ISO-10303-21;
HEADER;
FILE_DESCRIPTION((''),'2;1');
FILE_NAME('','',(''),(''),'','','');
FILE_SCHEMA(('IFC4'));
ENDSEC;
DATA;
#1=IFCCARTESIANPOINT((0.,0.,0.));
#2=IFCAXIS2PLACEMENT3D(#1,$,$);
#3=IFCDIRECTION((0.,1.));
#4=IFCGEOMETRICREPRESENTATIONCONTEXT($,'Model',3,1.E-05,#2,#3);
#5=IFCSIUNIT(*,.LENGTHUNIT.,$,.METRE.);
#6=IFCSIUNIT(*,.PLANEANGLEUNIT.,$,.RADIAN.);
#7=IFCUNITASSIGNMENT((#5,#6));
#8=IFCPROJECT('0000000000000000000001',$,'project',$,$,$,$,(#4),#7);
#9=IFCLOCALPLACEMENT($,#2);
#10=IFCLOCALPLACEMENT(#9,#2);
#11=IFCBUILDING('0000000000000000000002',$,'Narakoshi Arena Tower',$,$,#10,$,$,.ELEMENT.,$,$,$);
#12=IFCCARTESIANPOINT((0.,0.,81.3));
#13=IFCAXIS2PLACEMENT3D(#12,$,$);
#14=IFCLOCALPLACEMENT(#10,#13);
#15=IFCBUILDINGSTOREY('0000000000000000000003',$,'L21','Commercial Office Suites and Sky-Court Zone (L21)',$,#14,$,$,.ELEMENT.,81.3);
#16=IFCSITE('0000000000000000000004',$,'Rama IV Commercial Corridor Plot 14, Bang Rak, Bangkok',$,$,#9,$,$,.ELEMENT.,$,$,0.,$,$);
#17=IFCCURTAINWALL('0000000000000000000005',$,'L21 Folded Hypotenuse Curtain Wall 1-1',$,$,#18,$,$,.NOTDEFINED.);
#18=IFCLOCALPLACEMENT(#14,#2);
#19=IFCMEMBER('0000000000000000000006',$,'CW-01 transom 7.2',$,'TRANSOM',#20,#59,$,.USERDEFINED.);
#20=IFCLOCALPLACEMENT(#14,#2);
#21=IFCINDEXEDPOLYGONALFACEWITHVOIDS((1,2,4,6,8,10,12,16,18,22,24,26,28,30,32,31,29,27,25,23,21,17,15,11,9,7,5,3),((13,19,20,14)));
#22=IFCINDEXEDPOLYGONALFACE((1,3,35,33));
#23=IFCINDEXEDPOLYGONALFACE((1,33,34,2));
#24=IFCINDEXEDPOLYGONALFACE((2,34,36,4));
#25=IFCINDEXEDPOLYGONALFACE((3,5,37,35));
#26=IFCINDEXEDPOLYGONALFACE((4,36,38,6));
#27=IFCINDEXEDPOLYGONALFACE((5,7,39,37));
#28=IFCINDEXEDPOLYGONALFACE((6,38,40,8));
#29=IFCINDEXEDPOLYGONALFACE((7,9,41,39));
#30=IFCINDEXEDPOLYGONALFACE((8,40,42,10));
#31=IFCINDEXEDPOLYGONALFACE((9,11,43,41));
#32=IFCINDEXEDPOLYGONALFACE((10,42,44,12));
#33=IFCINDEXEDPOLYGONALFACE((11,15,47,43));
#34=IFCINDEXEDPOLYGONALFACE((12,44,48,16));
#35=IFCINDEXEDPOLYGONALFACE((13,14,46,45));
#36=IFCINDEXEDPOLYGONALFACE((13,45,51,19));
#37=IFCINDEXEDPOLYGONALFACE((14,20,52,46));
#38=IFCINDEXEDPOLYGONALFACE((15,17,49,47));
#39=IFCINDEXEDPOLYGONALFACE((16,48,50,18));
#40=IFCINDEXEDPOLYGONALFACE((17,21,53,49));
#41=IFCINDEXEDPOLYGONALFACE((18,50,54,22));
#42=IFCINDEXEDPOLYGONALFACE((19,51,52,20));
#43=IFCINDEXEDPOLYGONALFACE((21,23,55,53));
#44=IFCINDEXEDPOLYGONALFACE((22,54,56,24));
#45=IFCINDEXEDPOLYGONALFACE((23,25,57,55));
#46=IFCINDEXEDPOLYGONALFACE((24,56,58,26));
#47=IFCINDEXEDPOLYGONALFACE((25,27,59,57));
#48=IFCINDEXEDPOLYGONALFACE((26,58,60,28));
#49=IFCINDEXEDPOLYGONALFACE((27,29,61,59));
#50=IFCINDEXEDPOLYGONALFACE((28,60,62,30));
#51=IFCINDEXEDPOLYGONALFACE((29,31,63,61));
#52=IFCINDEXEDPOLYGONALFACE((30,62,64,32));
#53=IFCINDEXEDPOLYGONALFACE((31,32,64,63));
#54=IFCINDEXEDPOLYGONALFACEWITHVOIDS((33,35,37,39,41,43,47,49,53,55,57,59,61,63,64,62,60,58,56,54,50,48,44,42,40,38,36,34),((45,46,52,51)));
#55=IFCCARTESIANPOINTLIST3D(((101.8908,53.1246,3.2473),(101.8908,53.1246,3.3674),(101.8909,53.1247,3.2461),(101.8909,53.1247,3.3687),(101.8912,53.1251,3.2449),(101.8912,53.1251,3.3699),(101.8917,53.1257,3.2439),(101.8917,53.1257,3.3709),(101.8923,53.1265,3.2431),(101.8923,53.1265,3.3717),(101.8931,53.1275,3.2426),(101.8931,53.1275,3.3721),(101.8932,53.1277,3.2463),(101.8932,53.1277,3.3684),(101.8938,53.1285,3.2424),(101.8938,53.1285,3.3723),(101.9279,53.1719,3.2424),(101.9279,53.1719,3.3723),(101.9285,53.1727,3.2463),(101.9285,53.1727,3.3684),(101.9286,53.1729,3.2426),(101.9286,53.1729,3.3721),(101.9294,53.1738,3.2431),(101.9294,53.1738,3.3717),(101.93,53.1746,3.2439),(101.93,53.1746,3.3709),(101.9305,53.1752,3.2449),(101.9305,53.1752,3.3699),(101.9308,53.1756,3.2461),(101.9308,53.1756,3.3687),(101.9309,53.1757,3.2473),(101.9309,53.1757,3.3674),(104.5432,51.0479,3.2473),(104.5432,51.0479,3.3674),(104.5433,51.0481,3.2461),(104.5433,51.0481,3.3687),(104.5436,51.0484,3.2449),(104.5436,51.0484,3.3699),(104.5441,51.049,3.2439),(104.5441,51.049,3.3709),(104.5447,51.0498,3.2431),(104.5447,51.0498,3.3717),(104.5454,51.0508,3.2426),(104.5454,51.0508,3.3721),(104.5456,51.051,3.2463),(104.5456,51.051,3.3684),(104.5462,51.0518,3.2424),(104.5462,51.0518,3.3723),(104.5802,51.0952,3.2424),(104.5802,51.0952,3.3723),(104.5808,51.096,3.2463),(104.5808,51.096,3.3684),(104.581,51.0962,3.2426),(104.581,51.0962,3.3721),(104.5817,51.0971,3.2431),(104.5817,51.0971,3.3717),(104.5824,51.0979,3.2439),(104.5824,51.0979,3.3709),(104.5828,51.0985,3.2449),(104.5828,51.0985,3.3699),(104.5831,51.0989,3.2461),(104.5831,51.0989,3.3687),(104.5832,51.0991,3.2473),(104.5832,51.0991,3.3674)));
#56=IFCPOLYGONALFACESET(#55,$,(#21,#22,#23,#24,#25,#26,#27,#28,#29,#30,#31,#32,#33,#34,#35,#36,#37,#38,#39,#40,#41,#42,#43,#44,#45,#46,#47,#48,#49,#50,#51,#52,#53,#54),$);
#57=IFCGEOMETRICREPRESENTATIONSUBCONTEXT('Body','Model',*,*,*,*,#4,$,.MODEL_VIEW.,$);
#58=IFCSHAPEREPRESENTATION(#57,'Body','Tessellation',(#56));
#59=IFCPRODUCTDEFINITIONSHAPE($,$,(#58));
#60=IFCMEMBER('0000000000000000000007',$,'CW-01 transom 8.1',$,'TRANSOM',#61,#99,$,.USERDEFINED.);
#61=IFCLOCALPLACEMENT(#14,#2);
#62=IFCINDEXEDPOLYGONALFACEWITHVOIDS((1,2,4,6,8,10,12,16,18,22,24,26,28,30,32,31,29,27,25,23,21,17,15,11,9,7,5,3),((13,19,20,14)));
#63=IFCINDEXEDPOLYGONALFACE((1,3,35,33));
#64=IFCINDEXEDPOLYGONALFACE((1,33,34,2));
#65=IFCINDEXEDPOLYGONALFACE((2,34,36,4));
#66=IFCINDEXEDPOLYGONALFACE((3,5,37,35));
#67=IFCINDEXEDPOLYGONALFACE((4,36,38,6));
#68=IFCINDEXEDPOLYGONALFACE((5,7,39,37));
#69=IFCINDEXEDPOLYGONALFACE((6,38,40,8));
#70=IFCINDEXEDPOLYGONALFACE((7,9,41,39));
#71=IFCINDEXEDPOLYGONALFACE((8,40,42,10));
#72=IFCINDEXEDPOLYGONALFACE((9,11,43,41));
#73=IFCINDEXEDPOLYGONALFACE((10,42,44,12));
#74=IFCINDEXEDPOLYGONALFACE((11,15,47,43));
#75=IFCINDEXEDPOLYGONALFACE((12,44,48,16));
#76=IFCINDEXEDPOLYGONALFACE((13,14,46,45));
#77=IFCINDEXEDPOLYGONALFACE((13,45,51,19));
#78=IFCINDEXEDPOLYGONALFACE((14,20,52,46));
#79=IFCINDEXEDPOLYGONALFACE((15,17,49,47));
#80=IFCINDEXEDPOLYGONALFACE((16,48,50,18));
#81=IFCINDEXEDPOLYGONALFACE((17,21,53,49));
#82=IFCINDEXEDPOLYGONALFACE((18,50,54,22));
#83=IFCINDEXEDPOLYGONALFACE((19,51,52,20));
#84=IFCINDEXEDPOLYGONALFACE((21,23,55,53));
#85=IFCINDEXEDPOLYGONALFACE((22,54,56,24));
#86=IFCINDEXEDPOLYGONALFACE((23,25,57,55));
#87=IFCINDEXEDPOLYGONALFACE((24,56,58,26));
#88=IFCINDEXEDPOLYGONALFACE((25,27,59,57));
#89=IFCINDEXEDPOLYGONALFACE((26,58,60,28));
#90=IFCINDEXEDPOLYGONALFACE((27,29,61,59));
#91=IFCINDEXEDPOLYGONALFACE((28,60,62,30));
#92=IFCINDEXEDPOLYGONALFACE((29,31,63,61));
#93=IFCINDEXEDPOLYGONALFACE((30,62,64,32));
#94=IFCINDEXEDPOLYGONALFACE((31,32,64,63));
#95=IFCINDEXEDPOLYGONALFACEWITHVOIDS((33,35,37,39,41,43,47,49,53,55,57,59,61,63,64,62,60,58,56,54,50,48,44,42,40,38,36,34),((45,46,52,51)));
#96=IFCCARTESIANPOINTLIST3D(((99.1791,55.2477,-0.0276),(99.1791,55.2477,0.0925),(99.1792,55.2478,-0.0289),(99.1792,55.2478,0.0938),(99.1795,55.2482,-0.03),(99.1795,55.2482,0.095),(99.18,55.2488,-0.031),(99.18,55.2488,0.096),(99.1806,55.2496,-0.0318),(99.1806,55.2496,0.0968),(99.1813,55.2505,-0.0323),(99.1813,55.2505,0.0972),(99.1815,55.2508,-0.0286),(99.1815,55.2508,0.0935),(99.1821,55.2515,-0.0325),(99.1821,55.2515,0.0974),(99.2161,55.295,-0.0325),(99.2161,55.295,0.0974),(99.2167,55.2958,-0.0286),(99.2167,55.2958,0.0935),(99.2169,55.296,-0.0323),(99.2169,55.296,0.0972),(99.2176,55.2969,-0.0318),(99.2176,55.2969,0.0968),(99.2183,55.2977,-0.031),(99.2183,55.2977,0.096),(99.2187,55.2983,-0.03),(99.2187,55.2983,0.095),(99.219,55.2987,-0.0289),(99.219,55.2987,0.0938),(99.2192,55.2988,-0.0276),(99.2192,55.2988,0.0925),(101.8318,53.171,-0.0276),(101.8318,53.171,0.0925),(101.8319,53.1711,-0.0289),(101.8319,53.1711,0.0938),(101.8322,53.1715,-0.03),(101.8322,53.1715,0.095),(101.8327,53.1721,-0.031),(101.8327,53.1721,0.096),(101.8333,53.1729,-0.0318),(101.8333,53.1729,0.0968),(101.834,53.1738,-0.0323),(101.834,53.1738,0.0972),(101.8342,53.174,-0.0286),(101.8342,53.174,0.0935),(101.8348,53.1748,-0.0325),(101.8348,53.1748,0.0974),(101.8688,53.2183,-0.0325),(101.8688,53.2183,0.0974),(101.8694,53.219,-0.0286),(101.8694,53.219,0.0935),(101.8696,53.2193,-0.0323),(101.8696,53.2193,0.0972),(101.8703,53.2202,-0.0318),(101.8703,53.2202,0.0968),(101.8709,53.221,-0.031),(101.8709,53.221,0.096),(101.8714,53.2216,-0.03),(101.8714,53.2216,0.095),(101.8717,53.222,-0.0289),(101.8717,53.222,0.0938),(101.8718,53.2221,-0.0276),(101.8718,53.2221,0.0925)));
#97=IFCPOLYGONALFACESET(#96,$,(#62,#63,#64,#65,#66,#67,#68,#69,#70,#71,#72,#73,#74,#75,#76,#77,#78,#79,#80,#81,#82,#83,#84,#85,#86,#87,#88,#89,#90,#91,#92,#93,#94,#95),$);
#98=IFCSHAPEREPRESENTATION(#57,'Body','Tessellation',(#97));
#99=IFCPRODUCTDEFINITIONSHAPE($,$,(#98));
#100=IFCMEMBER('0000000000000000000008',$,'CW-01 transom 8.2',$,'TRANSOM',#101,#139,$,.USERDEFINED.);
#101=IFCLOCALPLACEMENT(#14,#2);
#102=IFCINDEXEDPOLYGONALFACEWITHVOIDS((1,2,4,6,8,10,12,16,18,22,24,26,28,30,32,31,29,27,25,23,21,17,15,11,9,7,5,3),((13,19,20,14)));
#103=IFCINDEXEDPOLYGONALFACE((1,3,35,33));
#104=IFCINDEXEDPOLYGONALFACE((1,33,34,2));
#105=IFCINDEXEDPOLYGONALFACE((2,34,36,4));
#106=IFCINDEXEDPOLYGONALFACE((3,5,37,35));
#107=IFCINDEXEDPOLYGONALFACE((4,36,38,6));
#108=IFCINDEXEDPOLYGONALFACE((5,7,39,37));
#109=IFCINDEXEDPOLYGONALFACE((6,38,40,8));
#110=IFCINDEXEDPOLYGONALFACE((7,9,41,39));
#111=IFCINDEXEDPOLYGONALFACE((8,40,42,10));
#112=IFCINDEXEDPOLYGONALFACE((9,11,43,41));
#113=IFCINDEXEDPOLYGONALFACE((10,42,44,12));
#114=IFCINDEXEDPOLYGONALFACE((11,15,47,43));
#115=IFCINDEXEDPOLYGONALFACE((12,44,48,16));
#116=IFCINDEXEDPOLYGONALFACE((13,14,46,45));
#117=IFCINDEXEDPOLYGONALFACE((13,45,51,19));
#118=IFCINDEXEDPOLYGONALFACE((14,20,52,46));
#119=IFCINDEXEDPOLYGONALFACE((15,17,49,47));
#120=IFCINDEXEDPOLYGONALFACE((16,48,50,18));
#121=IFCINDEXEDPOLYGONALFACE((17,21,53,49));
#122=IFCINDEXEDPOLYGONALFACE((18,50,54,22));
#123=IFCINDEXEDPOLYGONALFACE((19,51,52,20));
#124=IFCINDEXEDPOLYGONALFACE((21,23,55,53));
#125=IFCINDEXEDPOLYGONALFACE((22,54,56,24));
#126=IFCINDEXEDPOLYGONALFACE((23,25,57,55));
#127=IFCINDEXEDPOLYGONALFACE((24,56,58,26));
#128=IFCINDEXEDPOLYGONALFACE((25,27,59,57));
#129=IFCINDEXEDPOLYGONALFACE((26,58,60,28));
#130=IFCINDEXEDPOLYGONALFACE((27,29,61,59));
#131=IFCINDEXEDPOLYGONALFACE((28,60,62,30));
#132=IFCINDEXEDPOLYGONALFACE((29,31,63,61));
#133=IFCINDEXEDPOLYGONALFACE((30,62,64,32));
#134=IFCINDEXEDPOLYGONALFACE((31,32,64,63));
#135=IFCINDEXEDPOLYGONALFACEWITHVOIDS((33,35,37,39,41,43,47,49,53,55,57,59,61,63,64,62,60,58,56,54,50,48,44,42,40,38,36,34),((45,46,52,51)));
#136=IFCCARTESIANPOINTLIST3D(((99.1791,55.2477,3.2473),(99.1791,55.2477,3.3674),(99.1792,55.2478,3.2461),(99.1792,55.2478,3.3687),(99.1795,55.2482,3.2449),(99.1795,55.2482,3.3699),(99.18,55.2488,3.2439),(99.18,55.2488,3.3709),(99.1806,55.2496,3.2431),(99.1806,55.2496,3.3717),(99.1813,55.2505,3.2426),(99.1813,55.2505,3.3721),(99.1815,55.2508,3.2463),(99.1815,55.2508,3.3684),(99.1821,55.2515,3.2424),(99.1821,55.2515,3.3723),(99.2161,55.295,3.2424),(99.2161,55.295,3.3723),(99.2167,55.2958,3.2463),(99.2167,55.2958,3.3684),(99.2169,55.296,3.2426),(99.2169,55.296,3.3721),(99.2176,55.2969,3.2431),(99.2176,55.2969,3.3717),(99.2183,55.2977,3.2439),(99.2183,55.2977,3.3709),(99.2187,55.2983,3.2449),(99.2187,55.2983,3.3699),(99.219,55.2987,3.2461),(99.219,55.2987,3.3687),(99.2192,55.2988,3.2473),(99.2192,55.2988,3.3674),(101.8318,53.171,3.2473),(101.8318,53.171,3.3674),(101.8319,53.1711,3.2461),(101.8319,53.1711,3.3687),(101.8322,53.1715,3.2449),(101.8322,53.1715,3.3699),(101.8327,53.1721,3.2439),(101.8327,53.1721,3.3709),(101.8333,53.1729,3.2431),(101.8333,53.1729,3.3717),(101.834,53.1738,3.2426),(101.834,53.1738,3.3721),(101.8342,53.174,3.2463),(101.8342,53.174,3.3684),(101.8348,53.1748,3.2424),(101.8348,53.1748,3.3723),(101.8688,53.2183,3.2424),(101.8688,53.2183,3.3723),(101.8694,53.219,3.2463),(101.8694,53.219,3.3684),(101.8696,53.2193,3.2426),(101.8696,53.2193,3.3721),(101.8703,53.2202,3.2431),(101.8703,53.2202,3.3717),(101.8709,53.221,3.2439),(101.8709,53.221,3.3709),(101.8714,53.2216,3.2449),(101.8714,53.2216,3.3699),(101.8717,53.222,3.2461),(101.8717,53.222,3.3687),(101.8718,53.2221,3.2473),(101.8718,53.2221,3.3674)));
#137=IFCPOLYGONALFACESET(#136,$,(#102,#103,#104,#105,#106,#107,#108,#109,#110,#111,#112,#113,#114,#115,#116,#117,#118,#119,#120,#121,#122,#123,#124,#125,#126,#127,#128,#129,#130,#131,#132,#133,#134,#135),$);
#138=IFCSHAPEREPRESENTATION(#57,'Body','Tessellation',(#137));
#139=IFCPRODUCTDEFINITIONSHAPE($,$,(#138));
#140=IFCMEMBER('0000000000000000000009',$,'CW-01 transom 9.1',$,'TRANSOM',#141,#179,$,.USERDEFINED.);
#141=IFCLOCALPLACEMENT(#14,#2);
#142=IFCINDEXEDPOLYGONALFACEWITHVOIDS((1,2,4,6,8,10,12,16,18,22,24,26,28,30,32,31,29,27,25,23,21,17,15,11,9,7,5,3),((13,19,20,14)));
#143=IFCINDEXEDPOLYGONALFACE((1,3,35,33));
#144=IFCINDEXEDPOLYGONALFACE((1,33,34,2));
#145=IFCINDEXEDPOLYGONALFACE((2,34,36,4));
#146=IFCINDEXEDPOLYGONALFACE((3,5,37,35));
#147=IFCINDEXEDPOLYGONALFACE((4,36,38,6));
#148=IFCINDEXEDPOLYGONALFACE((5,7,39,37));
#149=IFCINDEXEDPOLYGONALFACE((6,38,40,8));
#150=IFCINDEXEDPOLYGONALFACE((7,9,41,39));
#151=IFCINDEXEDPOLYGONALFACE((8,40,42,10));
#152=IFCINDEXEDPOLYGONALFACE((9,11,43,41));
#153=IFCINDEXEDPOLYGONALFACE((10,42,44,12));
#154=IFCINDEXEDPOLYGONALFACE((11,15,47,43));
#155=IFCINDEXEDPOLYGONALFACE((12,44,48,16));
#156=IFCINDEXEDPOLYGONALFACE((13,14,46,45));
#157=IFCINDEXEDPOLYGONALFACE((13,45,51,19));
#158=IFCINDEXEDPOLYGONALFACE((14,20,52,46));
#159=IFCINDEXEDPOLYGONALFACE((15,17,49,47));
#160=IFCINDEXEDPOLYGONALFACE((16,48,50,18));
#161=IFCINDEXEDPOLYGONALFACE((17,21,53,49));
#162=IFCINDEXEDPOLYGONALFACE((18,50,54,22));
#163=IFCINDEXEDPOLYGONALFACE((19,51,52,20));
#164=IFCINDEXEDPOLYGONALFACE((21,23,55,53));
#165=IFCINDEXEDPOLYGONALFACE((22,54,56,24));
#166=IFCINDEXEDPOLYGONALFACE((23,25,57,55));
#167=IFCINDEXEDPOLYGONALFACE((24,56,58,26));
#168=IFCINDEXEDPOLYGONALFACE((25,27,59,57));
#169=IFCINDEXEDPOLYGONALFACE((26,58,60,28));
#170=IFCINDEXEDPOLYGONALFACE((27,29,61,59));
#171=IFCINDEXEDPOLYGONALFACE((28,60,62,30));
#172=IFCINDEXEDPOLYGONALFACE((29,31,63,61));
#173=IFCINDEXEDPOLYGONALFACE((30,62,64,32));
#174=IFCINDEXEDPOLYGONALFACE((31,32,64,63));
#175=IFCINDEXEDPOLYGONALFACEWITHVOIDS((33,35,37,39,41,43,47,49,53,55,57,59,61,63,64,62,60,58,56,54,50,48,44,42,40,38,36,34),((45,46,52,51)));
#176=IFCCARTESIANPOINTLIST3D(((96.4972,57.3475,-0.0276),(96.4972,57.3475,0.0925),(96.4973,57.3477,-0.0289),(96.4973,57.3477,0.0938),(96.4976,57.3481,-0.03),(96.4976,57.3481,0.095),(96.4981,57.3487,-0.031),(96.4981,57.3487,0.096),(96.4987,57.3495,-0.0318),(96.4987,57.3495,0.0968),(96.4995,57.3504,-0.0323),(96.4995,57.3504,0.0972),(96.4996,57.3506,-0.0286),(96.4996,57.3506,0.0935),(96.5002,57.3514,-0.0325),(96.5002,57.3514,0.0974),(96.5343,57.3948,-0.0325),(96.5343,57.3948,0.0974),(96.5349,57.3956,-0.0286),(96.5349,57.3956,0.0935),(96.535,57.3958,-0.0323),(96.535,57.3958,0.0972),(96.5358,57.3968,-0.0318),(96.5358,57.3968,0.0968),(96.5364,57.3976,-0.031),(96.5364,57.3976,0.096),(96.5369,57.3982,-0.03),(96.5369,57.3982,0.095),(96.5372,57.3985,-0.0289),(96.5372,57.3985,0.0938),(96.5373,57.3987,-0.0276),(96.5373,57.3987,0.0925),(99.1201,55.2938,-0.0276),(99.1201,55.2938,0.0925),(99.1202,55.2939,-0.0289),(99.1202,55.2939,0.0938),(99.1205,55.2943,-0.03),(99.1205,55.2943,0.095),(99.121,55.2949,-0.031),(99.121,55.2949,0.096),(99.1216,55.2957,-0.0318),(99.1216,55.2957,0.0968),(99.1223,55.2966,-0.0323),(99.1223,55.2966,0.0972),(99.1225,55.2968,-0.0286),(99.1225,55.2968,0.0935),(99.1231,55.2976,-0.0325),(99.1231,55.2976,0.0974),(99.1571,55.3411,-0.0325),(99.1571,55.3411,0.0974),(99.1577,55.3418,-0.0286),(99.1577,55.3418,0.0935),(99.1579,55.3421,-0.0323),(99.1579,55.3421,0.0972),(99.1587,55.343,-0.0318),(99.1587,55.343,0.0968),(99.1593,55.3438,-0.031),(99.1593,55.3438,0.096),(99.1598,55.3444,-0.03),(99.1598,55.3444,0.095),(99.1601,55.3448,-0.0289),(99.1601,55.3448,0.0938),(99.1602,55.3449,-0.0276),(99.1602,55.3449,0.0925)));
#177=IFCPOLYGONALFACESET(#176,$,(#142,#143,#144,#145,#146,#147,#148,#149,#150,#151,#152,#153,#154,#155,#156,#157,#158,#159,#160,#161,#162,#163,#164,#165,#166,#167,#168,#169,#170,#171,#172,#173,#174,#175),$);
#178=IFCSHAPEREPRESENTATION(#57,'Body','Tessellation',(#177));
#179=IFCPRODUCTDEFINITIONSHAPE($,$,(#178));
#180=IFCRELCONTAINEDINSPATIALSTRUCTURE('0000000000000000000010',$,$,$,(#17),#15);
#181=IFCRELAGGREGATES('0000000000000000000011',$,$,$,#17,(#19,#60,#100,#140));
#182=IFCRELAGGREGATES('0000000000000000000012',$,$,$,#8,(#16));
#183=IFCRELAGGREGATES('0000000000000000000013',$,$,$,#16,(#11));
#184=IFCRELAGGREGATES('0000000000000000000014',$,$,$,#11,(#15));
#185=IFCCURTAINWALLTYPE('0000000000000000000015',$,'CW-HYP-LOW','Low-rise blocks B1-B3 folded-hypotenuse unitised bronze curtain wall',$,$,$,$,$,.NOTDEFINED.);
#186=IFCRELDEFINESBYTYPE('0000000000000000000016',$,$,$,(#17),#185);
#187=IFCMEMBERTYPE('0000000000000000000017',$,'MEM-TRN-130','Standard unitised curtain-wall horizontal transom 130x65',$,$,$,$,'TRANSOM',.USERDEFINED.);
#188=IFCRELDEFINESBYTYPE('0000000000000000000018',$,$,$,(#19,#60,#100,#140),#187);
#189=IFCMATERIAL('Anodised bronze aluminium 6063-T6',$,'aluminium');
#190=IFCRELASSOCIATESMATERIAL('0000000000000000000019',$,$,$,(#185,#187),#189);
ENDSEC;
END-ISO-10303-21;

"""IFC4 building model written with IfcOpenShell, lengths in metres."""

from ifc_helpers import new_model, si_unit, direction, frame, origin, origin_2d, place, context, subcontext, project, spatial, hollow_rectangle, extrude, material, material_profile, profile_set, type_object, element, aggregate, save


model = new_model("IFC4")

# Units and contexts
model_context = context("Model", 3, precision=1e-05, world=origin(), true_north=direction((0.0, 1.0)))
body_context = subcontext(model_context, "Body", "Model", "MODEL_VIEW")
ifc_project = project(units=[si_unit("LENGTHUNIT", "METRE"), si_unit("PLANEANGLEUNIT", "RADIAN")], contexts=[model_context])

# Site, building, storey
site_placement = place(None, origin())
site = spatial("IfcSite", under=ifc_project, at=site_placement, Name="Rama IV Commercial Corridor Plot 14, Bang Rak, Bangkok", CompositionType="ELEMENT", RefElevation=0.0)
building_placement = place(site_placement, origin())
building = spatial("IfcBuilding", under=site, at=building_placement, Name="Narakoshi Arena Tower", CompositionType="ELEMENT")
storey_placement = place(building_placement, frame((0.0, 0.0, 81.3)))
storey = spatial("IfcBuildingStorey", under=building, at=storey_placement, Name="L21", Description="Commercial Office Suites and Sky-Court Zone (L21)", CompositionType="ELEMENT", Elevation=81.3)

# Curtain wall, members
ifc_material_1 = material(Name="Anodised bronze aluminium 6063-T6", Category="aluminium")
curtain_wall_type = type_object("IfcCurtainWallType", Name="CW-HYP-LOW", Description="Low-rise blocks B1-B3 folded-hypotenuse unitised bronze curtain wall", PredefinedType="NOTDEFINED", material=ifc_material_1)
curtain_wall_placement = place(storey_placement, origin())
curtain_wall = element("IfcCurtainWall", 1, at=curtain_wall_placement, inside=storey, type_object=curtain_wall_type, Name="L21 Folded Hypotenuse Curtain Wall 1-1", PredefinedType="NOTDEFINED")
ifc_material_profile_1 = material_profile(ifc_material_1, hollow_rectangle(XDim=0.0649, YDim=0.1299, WallThickness=0.0039, OuterFilletRadius=0.0049, at=origin_2d()), Name="TRN130x65x4")
ifc_profile_set_1 = profile_set([ifc_material_profile_1], Name="Anodised bronze aluminium 6063-T6")
member_type_1 = type_object("IfcMemberType", Name="MEM-TRN-130", Description="Standard unitised curtain-wall horizontal transom 130x65", ElementType="TRANSOM", PredefinedType="USERDEFINED", material=ifc_profile_set_1)
member_1_placement = place(storey_placement, frame((104.5632, 51.0735, 3.3074), z_axis=(-0.787373, 0.616476, 0.0), x_axis=(-0.616476, -0.787373, 0.0)))
member_1 = element("IfcMember", 2, at=member_1_placement, type_object=member_type_1, Name="CW-01 transom 7.2", ObjectType="TRANSOM", PredefinedType="USERDEFINED", context=body_context, shape_type="SweptSolid", body=[
    extrude(hollow_rectangle(XDim=0.0649, YDim=0.1299, WallThickness=0.0039, OuterFilletRadius=0.0049, at=origin_2d()), origin(), (0.0, 0.0, 1.0), 3.3687),
])
member_2_placement = place(storey_placement, frame((101.8518, 53.1965, 0.0325), z_axis=(-0.787401, 0.616441, 0.0), x_axis=(-0.616441, -0.787401, 0.0)))
member_2 = element("IfcMember", 3, at=member_2_placement, type_object=member_type_1, Name="CW-01 transom 8.1", ObjectType="TRANSOM", PredefinedType="USERDEFINED", context=body_context, shape_type="SweptSolid", body=[
    extrude(hollow_rectangle(XDim=0.0649, YDim=0.1299, WallThickness=0.0039, OuterFilletRadius=0.0049, at=origin_2d()), origin(), (0.0, 0.0, 1.0), 3.3689),
])
member_3_placement = place(storey_placement, frame((101.8518, 53.1965, 3.3074), z_axis=(-0.787401, 0.616441, 0.0), x_axis=(-0.616441, -0.787401, 0.0)))
member_3 = element("IfcMember", 4, at=member_3_placement, type_object=member_type_1, Name="CW-01 transom 8.2", ObjectType="TRANSOM", PredefinedType="USERDEFINED", context=body_context, shape_type="SweptSolid", body=[
    extrude(hollow_rectangle(XDim=0.0649, YDim=0.1299, WallThickness=0.0039, OuterFilletRadius=0.0049, at=origin_2d()), origin(), (0.0, 0.0, 1.0), 3.3689),
])
member_4_placement = place(storey_placement, frame((99.1401, 55.3193, 0.0325), z_axis=(-0.787347, 0.61651, 0.0), x_axis=(-0.61651, -0.787347, 0.0)))
member_4 = element("IfcMember", 5, at=member_4_placement, type_object=member_type_1, Name="CW-01 transom 9.1", ObjectType="TRANSOM", PredefinedType="USERDEFINED", context=body_context, shape_type="SweptSolid", body=[
    extrude(hollow_rectangle(XDim=0.0649, YDim=0.1299, WallThickness=0.0039, OuterFilletRadius=0.0049, at=origin_2d()), origin(), (0.0, 0.0, 1.0), 3.3313),
])
aggregate(curtain_wall, [member_1, member_2, member_3, member_4])

save(model, "model.ifc")
